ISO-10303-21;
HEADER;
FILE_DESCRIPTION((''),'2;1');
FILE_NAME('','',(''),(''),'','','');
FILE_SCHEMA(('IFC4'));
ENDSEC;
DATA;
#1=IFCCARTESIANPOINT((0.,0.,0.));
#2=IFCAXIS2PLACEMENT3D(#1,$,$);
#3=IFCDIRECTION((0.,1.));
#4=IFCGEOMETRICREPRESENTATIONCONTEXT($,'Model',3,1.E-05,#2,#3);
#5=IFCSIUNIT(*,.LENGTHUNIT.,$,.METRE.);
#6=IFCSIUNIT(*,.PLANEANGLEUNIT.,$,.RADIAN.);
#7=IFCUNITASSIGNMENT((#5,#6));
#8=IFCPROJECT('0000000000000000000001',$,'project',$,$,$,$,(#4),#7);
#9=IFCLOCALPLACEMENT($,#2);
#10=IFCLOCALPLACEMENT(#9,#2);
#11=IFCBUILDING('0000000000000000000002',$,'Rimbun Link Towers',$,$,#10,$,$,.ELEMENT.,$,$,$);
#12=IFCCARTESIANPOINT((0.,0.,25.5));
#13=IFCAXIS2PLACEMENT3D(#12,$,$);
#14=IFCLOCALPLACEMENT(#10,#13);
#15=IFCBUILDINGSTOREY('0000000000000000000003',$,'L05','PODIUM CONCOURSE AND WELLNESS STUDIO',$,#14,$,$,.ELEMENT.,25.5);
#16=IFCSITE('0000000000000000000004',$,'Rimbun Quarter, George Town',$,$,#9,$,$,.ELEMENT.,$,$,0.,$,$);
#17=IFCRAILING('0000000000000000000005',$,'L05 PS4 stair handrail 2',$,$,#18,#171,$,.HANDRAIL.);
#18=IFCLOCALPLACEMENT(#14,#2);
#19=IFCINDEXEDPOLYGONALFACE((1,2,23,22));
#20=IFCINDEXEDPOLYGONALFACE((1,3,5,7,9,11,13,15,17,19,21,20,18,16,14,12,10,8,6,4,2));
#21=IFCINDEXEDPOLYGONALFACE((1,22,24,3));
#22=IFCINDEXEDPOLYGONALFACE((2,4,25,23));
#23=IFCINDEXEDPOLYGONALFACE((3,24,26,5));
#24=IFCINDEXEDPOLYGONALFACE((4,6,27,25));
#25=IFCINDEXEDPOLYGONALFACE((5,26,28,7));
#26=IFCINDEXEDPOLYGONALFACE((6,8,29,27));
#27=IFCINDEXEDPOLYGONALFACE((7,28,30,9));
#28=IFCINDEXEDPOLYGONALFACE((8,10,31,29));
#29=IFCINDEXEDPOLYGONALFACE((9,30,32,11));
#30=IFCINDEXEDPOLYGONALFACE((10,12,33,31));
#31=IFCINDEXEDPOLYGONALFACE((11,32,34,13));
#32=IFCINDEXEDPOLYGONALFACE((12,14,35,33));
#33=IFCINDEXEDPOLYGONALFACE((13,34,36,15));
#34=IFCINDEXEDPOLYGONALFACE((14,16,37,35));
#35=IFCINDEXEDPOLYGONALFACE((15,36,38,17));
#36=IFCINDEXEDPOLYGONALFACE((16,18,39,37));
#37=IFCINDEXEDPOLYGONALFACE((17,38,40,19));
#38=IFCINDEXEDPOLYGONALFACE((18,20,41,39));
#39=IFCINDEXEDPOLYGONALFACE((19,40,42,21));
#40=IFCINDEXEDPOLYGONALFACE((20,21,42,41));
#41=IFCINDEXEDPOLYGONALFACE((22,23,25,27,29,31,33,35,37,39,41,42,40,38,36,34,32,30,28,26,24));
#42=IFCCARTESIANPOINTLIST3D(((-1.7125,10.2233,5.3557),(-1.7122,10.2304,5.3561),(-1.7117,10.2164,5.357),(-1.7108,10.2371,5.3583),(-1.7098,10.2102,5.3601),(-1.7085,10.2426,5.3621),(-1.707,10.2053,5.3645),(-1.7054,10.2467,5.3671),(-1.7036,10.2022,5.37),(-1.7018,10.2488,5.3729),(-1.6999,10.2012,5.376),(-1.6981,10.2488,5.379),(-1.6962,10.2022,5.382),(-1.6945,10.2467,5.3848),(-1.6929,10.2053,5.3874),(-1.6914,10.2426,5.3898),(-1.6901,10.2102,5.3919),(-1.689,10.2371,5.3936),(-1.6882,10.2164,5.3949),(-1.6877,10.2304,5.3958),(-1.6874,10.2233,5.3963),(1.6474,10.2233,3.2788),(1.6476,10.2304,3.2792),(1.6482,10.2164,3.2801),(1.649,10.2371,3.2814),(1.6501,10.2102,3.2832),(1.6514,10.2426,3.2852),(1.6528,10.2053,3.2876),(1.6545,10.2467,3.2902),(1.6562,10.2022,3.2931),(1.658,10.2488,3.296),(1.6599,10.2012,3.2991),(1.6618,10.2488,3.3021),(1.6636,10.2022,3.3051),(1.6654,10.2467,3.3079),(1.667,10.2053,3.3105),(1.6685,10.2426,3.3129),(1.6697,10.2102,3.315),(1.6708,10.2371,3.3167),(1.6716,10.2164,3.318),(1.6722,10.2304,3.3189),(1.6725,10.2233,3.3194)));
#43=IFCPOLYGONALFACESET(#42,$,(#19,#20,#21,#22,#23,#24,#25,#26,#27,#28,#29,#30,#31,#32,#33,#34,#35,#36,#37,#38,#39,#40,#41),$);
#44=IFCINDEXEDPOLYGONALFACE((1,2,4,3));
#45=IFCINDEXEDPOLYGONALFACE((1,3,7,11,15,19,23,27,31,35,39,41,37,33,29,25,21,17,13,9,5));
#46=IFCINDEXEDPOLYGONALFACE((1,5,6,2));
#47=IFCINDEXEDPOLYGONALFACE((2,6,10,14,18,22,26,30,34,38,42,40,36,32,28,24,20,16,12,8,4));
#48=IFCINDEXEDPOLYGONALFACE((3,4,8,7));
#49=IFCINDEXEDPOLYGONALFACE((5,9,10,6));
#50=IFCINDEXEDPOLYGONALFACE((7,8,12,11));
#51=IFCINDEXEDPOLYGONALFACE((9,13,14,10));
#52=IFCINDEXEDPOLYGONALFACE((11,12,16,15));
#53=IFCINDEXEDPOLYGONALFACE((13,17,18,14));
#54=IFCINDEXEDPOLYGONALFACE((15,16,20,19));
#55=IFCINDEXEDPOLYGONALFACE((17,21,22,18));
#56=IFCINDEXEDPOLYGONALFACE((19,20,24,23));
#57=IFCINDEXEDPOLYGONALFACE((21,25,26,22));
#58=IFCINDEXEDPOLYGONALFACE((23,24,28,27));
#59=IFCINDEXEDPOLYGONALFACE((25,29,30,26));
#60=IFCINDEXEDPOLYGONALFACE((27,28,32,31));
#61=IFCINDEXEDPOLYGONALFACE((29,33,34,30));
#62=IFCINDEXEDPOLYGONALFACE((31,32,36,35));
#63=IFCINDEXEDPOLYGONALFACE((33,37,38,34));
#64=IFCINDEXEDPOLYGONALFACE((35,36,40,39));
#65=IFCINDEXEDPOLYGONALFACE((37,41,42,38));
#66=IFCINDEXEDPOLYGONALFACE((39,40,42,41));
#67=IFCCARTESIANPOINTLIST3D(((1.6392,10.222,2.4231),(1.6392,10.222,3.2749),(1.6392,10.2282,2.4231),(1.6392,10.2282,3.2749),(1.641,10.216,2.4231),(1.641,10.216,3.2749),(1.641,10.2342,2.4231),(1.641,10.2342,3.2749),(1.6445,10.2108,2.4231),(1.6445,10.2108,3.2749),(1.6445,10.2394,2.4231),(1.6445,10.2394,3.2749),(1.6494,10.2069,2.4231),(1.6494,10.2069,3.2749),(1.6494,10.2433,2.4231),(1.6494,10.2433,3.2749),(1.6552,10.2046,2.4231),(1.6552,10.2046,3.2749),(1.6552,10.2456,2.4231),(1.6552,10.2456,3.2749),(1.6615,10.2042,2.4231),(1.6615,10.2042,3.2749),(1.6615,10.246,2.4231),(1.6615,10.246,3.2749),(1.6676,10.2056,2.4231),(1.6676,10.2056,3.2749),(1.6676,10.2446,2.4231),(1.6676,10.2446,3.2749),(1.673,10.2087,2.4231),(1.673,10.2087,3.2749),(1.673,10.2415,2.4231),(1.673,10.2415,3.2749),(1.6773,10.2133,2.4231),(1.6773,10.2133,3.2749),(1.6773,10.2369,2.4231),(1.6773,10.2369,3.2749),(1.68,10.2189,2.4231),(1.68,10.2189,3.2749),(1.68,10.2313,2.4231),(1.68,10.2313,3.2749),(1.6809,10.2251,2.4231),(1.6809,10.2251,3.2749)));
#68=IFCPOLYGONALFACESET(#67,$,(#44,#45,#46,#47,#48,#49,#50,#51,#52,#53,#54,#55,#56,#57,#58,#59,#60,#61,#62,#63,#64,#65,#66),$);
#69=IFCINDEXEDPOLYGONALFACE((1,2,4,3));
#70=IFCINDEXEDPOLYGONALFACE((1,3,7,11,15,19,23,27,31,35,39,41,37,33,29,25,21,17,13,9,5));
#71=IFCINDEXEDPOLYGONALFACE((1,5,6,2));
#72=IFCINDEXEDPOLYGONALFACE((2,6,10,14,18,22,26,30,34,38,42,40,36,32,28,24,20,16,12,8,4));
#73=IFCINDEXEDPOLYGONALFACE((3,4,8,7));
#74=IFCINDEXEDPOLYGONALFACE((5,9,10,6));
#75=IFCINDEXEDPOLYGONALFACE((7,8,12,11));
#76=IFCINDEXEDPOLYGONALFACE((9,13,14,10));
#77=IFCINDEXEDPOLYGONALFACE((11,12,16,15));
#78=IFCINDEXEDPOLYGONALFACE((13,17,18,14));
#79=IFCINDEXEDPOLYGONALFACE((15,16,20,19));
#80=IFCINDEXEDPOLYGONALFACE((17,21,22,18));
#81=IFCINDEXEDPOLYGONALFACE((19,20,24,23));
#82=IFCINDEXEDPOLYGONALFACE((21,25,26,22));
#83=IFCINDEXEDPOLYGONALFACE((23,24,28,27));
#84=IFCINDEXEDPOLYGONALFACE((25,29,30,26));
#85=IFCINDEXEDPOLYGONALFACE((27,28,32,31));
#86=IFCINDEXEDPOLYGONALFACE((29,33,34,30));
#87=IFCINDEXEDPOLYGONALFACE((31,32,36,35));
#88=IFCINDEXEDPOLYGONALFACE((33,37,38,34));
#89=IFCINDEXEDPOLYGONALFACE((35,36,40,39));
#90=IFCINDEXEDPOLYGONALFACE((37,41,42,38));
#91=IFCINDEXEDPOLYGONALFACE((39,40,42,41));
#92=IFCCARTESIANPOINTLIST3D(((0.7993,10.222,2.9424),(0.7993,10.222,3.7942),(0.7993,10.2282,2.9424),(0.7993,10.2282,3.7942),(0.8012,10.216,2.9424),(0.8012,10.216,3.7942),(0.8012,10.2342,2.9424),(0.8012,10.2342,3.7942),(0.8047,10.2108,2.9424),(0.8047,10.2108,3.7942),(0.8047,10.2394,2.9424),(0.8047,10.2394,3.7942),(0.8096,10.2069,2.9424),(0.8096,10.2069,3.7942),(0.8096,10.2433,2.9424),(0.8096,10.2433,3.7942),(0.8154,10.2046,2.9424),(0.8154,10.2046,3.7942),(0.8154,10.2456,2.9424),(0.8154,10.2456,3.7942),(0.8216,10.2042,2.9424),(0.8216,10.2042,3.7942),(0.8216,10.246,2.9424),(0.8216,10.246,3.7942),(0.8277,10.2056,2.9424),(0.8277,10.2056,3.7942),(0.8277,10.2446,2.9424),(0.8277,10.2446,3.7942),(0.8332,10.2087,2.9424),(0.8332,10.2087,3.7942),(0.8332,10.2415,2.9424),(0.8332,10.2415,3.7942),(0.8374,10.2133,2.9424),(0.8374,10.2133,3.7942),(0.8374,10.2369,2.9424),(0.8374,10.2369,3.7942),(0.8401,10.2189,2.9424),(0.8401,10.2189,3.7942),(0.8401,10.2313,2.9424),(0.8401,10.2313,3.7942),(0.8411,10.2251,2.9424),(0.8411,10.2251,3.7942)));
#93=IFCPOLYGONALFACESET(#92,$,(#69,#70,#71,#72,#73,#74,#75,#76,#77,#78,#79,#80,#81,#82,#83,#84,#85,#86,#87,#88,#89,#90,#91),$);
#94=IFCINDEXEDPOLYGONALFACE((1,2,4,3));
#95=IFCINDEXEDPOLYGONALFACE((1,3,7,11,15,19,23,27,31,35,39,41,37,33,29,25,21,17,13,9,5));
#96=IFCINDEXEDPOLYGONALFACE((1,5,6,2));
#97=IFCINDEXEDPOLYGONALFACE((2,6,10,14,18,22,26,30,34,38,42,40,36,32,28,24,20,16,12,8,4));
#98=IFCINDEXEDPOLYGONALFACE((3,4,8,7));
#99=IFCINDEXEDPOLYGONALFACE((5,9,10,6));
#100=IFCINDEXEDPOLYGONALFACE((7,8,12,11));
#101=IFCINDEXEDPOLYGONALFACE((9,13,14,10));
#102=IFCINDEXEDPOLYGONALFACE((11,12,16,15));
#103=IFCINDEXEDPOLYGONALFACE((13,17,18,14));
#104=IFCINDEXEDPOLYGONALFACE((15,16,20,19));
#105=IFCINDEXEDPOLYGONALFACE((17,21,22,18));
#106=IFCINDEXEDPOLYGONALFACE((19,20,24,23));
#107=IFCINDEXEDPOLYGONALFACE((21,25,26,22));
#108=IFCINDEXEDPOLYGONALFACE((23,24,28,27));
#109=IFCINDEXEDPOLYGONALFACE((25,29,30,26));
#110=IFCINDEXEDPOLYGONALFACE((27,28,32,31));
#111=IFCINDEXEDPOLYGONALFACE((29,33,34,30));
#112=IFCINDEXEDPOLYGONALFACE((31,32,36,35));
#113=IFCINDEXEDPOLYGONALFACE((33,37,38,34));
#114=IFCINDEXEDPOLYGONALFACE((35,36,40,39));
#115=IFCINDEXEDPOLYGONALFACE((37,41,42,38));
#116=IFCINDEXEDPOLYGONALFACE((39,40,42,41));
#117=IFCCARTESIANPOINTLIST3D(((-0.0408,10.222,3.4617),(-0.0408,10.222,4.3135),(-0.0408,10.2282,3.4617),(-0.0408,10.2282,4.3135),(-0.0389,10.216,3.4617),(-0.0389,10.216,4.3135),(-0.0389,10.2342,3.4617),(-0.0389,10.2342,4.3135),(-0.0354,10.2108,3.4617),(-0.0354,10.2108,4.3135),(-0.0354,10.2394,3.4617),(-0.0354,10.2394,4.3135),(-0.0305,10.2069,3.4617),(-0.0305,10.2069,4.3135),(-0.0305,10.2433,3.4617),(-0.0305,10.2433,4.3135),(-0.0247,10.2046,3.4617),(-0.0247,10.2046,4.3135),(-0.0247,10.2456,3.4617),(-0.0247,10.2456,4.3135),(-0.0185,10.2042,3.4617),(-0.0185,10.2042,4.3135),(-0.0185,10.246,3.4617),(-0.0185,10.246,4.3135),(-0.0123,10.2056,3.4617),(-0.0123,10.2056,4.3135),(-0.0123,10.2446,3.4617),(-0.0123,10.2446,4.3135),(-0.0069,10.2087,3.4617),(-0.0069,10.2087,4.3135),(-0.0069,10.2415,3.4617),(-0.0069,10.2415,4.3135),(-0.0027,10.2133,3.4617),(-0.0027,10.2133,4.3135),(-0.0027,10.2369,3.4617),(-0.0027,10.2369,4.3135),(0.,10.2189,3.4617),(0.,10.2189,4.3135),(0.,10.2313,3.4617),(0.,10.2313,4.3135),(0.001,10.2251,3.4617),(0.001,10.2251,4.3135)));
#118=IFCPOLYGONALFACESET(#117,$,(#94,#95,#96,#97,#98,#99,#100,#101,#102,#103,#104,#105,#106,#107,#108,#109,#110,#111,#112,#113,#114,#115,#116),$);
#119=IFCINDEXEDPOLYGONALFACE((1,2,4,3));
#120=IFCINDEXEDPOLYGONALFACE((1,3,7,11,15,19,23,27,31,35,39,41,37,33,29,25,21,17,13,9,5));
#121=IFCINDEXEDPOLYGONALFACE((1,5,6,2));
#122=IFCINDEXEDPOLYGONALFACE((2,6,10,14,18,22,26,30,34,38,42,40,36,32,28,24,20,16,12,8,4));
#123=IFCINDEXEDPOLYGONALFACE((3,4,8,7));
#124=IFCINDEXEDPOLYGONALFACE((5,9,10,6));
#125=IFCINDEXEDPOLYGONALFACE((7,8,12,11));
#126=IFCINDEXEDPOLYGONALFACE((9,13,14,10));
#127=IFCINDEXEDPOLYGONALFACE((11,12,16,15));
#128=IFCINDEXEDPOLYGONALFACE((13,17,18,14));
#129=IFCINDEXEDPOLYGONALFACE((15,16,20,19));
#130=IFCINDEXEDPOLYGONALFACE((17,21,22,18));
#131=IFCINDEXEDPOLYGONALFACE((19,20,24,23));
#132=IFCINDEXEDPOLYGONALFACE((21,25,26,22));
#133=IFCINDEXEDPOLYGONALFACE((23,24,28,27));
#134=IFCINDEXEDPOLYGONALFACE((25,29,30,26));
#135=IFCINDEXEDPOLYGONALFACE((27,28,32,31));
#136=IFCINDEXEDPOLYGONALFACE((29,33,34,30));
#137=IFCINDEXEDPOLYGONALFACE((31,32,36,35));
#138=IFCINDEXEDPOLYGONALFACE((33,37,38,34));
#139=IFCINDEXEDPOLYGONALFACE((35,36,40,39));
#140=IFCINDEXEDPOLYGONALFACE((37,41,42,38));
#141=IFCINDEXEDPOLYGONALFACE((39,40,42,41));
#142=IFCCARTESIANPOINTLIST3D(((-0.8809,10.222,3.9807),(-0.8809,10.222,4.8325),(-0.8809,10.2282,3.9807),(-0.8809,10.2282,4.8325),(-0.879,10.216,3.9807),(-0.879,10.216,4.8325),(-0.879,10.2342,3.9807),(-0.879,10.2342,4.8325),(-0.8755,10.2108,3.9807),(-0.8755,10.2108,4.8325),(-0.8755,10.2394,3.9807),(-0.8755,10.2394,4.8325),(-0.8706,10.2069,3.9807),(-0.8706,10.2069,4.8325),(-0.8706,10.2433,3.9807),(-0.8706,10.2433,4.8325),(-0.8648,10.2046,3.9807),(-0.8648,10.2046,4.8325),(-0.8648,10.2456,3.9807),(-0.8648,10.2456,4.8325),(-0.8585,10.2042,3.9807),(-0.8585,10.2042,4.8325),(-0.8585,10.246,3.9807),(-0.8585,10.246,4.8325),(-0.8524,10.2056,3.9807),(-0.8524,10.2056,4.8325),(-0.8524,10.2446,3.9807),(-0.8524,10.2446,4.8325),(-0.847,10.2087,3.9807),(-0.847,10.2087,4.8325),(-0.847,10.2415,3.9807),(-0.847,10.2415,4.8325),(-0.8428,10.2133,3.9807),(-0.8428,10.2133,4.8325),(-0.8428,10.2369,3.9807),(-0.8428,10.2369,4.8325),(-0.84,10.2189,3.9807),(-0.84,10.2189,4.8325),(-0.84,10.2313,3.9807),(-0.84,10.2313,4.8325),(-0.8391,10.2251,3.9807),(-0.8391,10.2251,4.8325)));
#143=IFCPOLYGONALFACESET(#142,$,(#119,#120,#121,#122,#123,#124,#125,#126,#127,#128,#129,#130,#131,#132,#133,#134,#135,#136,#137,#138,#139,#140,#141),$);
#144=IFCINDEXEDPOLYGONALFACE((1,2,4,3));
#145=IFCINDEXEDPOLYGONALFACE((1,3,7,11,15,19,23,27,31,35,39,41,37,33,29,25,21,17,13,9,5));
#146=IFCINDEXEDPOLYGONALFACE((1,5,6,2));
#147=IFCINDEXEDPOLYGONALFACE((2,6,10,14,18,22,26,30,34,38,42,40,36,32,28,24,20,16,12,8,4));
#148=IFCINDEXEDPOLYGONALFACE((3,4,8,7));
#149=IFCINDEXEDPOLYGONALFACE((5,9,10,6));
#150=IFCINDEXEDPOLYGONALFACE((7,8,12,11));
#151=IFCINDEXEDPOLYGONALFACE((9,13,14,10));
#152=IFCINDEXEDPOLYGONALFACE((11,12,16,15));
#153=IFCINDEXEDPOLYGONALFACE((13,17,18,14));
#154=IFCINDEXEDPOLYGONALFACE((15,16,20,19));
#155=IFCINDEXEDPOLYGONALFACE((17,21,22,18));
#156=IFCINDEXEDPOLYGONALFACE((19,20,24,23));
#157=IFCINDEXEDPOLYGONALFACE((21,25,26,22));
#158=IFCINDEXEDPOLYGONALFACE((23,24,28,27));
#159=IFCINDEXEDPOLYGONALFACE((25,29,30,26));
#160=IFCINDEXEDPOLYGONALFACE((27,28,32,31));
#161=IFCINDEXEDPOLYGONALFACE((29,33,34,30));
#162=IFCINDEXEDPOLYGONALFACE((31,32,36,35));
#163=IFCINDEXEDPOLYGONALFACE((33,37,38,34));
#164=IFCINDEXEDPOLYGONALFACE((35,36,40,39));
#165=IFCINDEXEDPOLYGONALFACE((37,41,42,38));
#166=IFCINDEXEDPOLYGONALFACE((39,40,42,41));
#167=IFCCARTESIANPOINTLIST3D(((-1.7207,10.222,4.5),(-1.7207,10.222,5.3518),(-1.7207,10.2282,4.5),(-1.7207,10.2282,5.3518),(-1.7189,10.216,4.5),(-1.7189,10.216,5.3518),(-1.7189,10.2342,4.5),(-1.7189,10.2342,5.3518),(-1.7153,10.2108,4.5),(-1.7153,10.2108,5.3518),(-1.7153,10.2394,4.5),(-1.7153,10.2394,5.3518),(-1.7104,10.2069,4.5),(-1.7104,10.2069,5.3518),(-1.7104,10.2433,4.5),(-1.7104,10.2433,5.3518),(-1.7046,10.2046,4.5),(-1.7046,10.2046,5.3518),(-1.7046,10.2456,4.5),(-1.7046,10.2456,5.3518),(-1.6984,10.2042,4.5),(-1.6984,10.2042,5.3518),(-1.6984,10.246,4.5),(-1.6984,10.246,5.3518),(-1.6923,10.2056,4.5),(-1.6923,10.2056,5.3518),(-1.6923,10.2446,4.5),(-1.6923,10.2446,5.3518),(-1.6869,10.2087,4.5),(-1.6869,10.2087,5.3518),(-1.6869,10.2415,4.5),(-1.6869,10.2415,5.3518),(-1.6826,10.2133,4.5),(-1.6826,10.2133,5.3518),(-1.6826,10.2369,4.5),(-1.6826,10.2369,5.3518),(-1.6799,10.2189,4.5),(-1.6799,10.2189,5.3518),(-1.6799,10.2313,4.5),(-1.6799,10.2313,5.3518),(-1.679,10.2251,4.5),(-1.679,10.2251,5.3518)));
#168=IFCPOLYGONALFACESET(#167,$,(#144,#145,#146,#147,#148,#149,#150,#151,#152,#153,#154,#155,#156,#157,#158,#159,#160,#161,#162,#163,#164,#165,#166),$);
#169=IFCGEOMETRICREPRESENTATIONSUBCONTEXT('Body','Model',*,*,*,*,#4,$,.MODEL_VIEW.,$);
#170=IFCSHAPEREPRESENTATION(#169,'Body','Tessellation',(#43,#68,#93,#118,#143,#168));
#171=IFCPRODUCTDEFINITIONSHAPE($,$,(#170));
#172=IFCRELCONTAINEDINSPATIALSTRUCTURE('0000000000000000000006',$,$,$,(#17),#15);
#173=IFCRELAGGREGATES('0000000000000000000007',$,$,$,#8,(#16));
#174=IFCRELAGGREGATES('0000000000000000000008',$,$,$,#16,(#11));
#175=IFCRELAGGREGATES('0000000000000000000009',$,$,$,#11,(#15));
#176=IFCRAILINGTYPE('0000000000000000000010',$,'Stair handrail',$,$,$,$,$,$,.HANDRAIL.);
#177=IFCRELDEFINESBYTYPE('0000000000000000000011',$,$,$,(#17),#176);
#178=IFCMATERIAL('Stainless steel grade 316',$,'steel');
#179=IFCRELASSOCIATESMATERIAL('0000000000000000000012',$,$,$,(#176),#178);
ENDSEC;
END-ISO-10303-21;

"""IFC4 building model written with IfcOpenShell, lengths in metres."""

from ifc_helpers import new_model, si_unit, direction, frame, origin, origin_2d, place, context, subcontext, project, spatial, circle, extrude, material, type_object, element, save


model = new_model("IFC4")

# Units and contexts
model_context = context("Model", 3, precision=1e-05, world=origin(), true_north=direction((0.0, 1.0)))
body_context = subcontext(model_context, "Body", "Model", "MODEL_VIEW")
ifc_project = project(units=[si_unit("LENGTHUNIT", "METRE"), si_unit("PLANEANGLEUNIT", "RADIAN")], contexts=[model_context])

# Site, building, storey
site_placement = place(None, origin())
site = spatial("IfcSite", under=ifc_project, at=site_placement, Name="Rimbun Quarter, George Town", CompositionType="ELEMENT", RefElevation=0.0)
building_placement = place(site_placement, origin())
building = spatial("IfcBuilding", under=site, at=building_placement, Name="Rimbun Link Towers", CompositionType="ELEMENT")
storey_placement = place(building_placement, frame((0.0, 0.0, 25.5)))
storey = spatial("IfcBuildingStorey", under=building, at=storey_placement, Name="L05", Description="PODIUM CONCOURSE AND WELLNESS STUDIO", CompositionType="ELEMENT", Elevation=25.5)

# Railing
ifc_material_1 = material(Name="Stainless steel grade 316", Category="steel")
railing_type_1 = type_object("IfcRailingType", Name="Stair handrail", PredefinedType="HANDRAIL", material=ifc_material_1)
railing_1_placement = place(storey_placement, frame((1.6599, 10.2251, 2.4231)))
element("IfcRailing", 1, at=railing_1_placement, inside=storey, type_object=railing_type_1, Name="L05 PS4 stair handrail 2", PredefinedType="HANDRAIL", context=body_context, shape_type="SweptSolid", body=[
    extrude(circle(Radius=0.0239, at=origin_2d()), frame((0.0, 0.0, 0.876), z_axis=(-0.850606, 0.0, 0.525803), x_axis=(0.0, -1.0, 0.0)), (0.0, 0.0, 1.0), 3.95),
    extrude(circle(Radius=0.021, at=origin_2d()), origin(), (0.0, 0.0, 1.0), 0.8518),
    extrude(circle(Radius=0.021, at=origin_2d()), frame((-0.8398, 0.0, 0.5193)), (0.0, 0.0, 1.0), 0.8518),
    extrude(circle(Radius=0.021, at=origin_2d()), frame((-1.6799, 0.0, 1.0386)), (0.0, 0.0, 1.0), 0.8518),
    extrude(circle(Radius=0.021, at=origin_2d()), frame((-2.52, 0.0, 1.5576)), (0.0, 0.0, 1.0), 0.8518),
    extrude(circle(Radius=0.021, at=origin_2d()), frame((-3.3599, 0.0, 2.0769)), (0.0, 0.0, 1.0), 0.8518),
])

save(model, "model.ifc")
